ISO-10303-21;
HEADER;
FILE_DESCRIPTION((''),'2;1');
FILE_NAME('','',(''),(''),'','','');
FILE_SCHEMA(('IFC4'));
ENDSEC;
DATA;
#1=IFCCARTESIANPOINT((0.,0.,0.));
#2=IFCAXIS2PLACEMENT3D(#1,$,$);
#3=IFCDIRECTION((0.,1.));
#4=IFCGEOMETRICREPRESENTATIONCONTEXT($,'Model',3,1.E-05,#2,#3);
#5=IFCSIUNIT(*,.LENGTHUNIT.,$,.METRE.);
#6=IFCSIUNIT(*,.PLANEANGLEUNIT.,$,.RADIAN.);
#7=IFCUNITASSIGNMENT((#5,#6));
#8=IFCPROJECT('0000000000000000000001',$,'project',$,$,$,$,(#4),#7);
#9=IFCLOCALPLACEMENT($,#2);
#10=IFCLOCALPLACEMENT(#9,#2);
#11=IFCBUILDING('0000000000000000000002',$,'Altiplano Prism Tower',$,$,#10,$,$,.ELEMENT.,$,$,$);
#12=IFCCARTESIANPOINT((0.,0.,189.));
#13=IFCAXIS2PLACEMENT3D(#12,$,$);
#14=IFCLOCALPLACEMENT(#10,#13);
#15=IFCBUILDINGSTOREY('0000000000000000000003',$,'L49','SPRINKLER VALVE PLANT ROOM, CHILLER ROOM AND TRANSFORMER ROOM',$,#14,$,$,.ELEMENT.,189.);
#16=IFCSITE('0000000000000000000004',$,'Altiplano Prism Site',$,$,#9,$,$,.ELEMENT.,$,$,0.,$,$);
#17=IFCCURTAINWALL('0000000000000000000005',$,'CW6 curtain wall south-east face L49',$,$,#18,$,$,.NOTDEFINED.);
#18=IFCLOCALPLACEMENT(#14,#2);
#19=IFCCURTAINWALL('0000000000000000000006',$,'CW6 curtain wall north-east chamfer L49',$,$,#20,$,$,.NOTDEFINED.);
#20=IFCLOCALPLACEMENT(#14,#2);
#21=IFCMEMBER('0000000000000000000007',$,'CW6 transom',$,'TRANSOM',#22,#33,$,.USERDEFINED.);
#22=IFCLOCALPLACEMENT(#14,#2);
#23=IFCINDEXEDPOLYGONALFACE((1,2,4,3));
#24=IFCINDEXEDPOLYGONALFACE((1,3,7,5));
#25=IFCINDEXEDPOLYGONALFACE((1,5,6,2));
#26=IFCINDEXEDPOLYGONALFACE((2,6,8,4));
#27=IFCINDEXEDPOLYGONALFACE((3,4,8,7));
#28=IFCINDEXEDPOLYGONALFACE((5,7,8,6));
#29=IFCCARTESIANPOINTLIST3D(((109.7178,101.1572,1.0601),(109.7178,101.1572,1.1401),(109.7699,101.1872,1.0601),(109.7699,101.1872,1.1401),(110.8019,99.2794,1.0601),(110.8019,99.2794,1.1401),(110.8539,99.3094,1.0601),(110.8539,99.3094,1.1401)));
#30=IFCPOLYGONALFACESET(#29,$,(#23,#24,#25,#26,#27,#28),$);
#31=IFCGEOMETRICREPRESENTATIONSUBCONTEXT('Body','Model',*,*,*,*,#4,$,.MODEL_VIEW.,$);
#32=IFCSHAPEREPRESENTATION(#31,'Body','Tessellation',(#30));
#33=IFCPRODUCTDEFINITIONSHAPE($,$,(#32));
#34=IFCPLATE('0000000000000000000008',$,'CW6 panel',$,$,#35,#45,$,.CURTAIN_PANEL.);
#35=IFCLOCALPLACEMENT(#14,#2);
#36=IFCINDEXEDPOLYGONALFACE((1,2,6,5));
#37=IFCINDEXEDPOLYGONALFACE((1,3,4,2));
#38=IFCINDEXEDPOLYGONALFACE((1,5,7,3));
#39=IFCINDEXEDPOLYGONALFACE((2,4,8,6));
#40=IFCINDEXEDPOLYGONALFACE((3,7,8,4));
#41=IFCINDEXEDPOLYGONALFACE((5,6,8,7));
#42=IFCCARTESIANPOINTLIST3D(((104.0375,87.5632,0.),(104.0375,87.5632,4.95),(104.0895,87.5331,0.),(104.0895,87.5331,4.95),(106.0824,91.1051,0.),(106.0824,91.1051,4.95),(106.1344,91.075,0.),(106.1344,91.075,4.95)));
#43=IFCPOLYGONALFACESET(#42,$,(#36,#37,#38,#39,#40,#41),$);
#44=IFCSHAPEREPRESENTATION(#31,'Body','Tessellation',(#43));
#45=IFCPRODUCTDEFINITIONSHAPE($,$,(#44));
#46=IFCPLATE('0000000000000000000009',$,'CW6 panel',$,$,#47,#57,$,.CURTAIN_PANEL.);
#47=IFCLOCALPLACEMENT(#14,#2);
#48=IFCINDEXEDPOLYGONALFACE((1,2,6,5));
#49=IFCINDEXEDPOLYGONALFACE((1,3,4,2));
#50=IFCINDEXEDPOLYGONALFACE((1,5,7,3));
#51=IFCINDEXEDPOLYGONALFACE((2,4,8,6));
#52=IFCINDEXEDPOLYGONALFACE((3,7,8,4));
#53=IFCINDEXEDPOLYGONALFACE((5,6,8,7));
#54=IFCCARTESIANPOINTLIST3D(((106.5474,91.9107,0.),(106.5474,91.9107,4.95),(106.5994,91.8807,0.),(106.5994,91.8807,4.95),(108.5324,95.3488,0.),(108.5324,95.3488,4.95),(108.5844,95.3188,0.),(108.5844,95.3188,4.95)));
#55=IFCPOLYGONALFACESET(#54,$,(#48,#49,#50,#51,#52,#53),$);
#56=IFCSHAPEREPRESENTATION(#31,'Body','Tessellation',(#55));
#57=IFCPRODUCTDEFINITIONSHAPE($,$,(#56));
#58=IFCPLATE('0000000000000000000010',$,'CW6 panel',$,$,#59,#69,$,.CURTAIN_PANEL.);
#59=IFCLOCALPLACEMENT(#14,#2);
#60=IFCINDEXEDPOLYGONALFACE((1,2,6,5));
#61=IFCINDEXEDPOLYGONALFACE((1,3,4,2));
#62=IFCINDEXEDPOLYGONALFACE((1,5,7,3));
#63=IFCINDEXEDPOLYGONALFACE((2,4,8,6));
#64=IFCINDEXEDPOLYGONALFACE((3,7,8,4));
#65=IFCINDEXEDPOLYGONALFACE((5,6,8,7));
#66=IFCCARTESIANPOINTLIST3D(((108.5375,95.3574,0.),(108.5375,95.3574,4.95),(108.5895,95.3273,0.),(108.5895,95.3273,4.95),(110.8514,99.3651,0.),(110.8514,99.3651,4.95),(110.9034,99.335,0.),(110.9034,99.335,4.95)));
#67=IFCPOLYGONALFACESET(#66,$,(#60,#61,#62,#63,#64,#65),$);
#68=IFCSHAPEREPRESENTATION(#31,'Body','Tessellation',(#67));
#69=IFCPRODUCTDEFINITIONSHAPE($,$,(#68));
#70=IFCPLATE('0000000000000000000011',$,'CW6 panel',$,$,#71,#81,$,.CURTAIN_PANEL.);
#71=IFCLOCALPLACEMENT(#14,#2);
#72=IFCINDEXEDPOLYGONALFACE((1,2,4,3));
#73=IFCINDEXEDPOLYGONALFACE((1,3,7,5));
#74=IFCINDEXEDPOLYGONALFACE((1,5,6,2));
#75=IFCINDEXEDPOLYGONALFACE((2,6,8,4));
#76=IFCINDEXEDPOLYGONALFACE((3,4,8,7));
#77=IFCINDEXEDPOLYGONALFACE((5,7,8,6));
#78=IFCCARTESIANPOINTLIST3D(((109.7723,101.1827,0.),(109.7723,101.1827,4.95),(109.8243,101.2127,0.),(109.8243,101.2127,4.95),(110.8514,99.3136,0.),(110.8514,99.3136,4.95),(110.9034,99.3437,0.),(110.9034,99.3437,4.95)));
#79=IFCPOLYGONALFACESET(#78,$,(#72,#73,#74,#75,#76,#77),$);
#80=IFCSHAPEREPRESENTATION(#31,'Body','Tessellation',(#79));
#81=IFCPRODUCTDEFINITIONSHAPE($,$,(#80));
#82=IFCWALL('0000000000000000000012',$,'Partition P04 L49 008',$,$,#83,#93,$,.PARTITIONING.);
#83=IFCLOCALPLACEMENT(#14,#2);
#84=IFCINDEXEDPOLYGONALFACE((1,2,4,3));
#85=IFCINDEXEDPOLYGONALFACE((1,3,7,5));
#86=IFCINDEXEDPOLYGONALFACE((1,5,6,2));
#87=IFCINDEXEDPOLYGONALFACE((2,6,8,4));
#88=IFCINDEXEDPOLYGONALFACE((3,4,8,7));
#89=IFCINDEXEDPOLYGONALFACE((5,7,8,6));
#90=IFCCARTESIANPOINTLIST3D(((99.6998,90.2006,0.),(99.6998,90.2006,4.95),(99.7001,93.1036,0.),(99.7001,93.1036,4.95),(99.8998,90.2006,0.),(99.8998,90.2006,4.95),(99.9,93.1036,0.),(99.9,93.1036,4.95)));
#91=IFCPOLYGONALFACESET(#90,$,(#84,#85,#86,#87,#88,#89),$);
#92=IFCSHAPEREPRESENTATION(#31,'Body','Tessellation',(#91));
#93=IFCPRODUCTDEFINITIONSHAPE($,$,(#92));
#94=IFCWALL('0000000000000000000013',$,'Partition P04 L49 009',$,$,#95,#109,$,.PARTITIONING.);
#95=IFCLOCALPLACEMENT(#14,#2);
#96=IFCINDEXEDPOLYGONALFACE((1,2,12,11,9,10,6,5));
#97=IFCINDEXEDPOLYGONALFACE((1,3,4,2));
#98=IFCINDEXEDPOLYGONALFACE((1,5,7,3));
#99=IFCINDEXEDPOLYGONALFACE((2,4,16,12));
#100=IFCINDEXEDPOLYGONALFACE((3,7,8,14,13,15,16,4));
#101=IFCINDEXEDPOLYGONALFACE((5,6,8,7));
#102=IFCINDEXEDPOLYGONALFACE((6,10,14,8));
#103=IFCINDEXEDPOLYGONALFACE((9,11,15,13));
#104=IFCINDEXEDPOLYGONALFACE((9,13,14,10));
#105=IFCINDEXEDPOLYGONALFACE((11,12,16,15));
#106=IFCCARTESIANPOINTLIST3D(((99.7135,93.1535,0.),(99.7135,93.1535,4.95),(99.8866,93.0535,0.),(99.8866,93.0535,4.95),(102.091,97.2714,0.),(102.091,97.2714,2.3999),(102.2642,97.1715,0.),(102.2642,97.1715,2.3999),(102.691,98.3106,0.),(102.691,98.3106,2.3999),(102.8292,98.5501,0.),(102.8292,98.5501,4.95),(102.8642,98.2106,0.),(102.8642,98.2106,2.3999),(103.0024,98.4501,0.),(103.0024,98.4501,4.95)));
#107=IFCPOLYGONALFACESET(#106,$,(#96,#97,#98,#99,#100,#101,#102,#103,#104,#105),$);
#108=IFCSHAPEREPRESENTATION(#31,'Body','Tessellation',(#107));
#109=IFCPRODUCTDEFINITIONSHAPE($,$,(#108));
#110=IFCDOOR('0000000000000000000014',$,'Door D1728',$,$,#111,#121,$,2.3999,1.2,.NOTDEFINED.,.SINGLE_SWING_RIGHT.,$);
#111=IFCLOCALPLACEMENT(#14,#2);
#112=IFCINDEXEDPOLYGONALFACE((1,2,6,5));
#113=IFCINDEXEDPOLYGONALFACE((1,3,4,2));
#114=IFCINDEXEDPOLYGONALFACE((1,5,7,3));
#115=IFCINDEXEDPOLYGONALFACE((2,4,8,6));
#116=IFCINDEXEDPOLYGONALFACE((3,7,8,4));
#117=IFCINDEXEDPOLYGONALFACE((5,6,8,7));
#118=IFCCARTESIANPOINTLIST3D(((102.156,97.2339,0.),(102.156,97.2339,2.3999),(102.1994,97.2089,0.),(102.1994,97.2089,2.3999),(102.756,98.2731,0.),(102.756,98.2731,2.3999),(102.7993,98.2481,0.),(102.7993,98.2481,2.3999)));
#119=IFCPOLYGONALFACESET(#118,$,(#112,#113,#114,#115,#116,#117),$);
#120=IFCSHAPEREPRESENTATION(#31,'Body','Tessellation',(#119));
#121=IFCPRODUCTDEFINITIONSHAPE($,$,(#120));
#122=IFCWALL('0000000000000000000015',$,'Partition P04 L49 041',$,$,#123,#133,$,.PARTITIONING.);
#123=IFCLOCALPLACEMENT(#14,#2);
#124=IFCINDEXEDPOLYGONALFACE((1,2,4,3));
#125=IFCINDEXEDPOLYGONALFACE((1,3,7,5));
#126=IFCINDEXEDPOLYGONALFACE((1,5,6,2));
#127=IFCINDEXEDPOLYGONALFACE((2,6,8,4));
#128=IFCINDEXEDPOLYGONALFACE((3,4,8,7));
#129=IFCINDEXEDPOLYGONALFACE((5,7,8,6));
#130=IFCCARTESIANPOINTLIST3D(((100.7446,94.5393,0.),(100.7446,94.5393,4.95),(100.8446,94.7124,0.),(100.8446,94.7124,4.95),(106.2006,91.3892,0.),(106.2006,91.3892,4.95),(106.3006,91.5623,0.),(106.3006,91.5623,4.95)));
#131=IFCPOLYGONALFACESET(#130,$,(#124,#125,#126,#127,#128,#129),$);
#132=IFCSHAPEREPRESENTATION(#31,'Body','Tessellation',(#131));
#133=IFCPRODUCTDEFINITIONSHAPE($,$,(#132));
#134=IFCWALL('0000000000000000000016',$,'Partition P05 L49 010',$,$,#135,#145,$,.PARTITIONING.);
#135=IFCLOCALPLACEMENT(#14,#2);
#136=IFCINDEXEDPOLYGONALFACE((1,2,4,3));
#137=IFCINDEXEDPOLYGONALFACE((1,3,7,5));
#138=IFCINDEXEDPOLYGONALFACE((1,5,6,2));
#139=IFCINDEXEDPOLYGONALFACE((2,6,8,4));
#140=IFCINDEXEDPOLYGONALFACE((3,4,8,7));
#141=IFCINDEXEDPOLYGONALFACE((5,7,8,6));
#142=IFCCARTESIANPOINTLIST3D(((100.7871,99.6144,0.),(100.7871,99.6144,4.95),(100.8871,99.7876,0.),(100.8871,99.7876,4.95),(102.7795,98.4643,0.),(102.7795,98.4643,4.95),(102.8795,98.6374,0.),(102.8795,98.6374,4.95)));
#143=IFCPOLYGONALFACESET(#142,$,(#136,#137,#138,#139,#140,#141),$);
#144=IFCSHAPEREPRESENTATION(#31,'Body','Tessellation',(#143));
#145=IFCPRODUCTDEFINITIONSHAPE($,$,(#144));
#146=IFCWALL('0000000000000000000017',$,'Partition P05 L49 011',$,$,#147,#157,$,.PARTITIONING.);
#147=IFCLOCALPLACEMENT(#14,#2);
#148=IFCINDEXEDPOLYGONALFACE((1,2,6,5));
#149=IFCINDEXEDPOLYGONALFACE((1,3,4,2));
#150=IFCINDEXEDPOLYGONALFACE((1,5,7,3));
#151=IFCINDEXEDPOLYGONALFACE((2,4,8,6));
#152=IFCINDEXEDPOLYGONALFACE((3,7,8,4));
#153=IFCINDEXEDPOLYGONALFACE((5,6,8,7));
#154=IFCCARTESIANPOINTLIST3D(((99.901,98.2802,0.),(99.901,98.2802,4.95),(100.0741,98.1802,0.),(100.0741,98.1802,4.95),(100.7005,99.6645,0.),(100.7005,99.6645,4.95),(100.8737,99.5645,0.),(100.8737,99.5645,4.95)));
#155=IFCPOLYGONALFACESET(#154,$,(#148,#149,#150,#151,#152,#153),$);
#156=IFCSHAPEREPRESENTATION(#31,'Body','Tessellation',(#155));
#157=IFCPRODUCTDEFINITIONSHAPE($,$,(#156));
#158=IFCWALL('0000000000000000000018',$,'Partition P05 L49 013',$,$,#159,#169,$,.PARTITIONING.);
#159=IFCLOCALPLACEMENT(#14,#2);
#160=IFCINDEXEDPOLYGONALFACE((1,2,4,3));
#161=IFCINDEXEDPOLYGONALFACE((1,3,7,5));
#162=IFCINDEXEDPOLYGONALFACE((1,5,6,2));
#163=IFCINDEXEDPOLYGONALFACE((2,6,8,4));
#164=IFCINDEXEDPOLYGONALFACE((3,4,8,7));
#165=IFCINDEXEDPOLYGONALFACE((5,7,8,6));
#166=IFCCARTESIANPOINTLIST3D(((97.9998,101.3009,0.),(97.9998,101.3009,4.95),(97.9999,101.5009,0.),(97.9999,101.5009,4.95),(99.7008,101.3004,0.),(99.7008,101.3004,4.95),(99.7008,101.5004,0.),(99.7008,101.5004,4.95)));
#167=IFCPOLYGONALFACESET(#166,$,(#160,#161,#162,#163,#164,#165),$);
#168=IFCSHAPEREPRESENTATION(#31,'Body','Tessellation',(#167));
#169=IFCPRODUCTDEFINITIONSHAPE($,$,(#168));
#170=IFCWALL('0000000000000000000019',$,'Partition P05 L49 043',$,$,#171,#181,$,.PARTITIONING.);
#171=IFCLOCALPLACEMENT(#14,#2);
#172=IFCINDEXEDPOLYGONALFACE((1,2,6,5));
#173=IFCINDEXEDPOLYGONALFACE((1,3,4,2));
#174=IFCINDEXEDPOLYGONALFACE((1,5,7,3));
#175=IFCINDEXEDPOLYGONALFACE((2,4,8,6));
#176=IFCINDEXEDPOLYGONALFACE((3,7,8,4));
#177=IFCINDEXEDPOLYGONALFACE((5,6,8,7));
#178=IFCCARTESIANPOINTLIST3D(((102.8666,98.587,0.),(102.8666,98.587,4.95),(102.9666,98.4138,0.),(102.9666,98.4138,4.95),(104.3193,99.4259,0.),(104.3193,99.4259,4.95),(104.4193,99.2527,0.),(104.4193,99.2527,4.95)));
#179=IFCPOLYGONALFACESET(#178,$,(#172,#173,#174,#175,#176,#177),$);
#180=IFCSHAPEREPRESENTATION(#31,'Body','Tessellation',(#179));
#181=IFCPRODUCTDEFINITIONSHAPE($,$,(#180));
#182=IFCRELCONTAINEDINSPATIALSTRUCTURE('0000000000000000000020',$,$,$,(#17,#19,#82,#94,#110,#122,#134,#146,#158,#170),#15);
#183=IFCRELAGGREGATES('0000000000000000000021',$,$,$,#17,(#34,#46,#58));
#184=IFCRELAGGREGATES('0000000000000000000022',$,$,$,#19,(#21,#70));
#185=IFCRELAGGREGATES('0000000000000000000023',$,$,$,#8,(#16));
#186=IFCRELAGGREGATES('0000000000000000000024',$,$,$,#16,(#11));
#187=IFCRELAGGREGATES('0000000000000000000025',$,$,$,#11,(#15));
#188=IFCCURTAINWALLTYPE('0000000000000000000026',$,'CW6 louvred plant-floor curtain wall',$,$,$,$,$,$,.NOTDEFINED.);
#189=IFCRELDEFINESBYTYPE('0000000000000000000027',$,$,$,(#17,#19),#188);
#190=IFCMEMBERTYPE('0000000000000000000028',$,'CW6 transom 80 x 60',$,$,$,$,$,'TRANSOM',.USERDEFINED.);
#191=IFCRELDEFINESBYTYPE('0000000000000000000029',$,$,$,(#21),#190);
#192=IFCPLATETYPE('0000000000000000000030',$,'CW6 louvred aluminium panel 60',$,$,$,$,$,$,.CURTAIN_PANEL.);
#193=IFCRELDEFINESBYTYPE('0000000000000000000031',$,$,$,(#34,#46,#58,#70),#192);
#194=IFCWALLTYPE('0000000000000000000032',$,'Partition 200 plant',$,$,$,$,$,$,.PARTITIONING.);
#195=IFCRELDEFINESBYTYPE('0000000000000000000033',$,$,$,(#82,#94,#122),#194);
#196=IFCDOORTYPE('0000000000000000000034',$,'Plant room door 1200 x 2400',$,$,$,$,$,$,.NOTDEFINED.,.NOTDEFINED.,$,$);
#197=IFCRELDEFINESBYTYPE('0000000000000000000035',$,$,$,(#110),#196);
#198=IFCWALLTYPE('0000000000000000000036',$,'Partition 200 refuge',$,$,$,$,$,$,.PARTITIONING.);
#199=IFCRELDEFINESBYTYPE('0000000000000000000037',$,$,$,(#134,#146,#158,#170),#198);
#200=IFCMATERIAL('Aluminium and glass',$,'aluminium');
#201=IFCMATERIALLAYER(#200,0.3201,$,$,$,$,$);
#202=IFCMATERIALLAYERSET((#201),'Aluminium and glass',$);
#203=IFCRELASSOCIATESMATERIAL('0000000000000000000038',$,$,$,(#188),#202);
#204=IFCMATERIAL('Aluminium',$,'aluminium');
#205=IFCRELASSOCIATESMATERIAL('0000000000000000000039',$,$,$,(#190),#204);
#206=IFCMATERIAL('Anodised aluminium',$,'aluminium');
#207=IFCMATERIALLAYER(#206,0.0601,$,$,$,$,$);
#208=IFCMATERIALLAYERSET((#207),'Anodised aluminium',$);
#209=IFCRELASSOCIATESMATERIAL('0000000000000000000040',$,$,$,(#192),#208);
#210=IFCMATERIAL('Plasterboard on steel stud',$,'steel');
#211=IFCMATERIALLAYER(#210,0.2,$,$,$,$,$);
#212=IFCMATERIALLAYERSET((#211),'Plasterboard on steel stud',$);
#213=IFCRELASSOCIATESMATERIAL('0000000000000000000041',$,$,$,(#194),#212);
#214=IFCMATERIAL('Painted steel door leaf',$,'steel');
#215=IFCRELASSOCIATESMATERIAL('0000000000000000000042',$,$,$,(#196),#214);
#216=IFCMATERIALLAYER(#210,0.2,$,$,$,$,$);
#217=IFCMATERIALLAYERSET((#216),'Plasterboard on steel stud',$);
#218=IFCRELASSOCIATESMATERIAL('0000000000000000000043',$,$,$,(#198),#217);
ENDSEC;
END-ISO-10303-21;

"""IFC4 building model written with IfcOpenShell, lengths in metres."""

from ifc_helpers import new_model, si_unit, direction, frame, frame_2d, origin, origin_2d, place, context, subcontext, project, spatial, rectangle, extrude, material, layer, layer_set, material_profile, profile_set, type_object, element, fill, aggregate, save


model = new_model("IFC4")

# Units and contexts
model_context = context("Model", 3, precision=1e-05, world=origin(), true_north=direction((0.0, 1.0)))
body_context = subcontext(model_context, "Body", "Model", "MODEL_VIEW")
ifc_project = project(units=[si_unit("LENGTHUNIT", "METRE"), si_unit("PLANEANGLEUNIT", "RADIAN")], contexts=[model_context])

# Site, building, storey
site_placement = place(None, origin())
site = spatial("IfcSite", under=ifc_project, at=site_placement, Name="Altiplano Prism Site", CompositionType="ELEMENT", RefElevation=0.0)
building_placement = place(site_placement, origin())
building = spatial("IfcBuilding", under=site, at=building_placement, Name="Altiplano Prism Tower", CompositionType="ELEMENT")
storey_placement = place(building_placement, frame((0.0, 0.0, 189.0)))
storey = spatial("IfcBuildingStorey", under=building, at=storey_placement, Name="L49", Description="SPRINKLER VALVE PLANT ROOM, CHILLER ROOM AND TRANSFORMER ROOM", CompositionType="ELEMENT", Elevation=189.0)

# Curtain wall
ifc_material_1 = material(Name="Aluminium and glass", Category="aluminium")
ifc_layer_1 = layer(ifc_material_1, 0.3201)
ifc_layer_set_1 = layer_set([ifc_layer_1], Name="Aluminium and glass")
curtain_wall_type = type_object("IfcCurtainWallType", Name="CW6 louvred plant-floor curtain wall", PredefinedType="NOTDEFINED", material=ifc_layer_set_1)
curtain_wall_1_placement = place(storey_placement, origin())
curtain_wall_1 = element("IfcCurtainWall", 1, at=curtain_wall_1_placement, inside=storey, type_object=curtain_wall_type, Name="CW6 curtain wall south-east face L49", PredefinedType="NOTDEFINED")
ifc_material_2 = material(Name="Aluminium", Category="aluminium")
ifc_material_profile_1 = material_profile(ifc_material_2, rectangle(XDim=0.0601, YDim=0.0801, at=origin_2d()), Name="CW6 transom 80 x 60")
ifc_profile_set_1 = profile_set([ifc_material_profile_1], Name="Aluminium")
member_type_1 = type_object("IfcMemberType", Name="CW6 transom 80 x 60", ElementType="TRANSOM", PredefinedType="USERDEFINED", material=ifc_profile_set_1)

# Curtain wall, member
curtain_wall_2_placement = place(storey_placement, origin())
curtain_wall_2 = element("IfcCurtainWall", 2, at=curtain_wall_2_placement, inside=storey, type_object=curtain_wall_type, Name="CW6 curtain wall north-east chamfer L49", PredefinedType="NOTDEFINED")
member_1_placement = place(storey_placement, frame((110.8279, 99.2944, 1.1001), z_axis=(-0.499966, 0.866045, 0.0), x_axis=(-0.866045, -0.499966, 0.0)))
member_1 = element("IfcMember", 3, at=member_1_placement, type_object=member_type_1, Name="CW6 transom", ObjectType="TRANSOM", PredefinedType="USERDEFINED", context=body_context, shape_type="SweptSolid", body=[
    extrude(rectangle(XDim=0.0601, YDim=0.0801, at=origin_2d()), origin(), (0.0, 0.0, 1.0), 2.1682),
])

# Plates
ifc_material_3 = material(Name="Anodised aluminium", Category="aluminium")
ifc_layer_2 = layer(ifc_material_3, 0.0601)
ifc_layer_set_2 = layer_set([ifc_layer_2], Name="Anodised aluminium")
plate_type = type_object("IfcPlateType", Name="CW6 louvred aluminium panel 60", PredefinedType="CURTAIN_PANEL", material=ifc_layer_set_2)
plate_1_placement = place(storey_placement, frame((105.0859, 89.3191, 0.0), z_axis=(0.0, 0.0, 1.0), x_axis=(0.5, 0.866025, 0.0)))
plate_1 = element("IfcPlate", 4, at=plate_1_placement, type_object=plate_type, Name="CW6 panel", PredefinedType="CURTAIN_PANEL", context=body_context, shape_type="SweptSolid", body=[
    extrude(rectangle(XDim=4.0898, YDim=0.0601, at=origin_2d()), origin(), (0.0, 0.0, 1.0), 4.95),
])
plate_2_placement = place(storey_placement, frame((107.5659, 93.6147, 0.0), z_axis=(0.0, 0.0, 1.0), x_axis=(0.5, 0.866025, 0.0)))
plate_2 = element("IfcPlate", 5, at=plate_2_placement, type_object=plate_type, Name="CW6 panel", PredefinedType="CURTAIN_PANEL", context=body_context, shape_type="SweptSolid", body=[
    extrude(rectangle(XDim=3.97, YDim=0.0601, at=origin_2d()), origin(), (0.0, 0.0, 1.0), 4.95),
])
plate_3_placement = place(storey_placement, frame((109.7205, 97.3462, 0.0), z_axis=(0.0, 0.0, 1.0), x_axis=(0.5, 0.866025, 0.0)))
plate_3 = element("IfcPlate", 6, at=plate_3_placement, type_object=plate_type, Name="CW6 panel", PredefinedType="CURTAIN_PANEL", context=body_context, shape_type="SweptSolid", body=[
    extrude(rectangle(XDim=4.6277, YDim=0.0601, at=origin_2d()), origin(), (0.0, 0.0, 1.0), 4.95),
])
aggregate(curtain_wall_1, [plate_1, plate_2, plate_3])
plate_4_placement = place(storey_placement, frame((110.3379, 100.2632, 0.0), z_axis=(0.0, 0.0, 1.0), x_axis=(-0.5, 0.866025, 0.0)))
plate_4 = element("IfcPlate", 7, at=plate_4_placement, type_object=plate_type, Name="CW6 panel", PredefinedType="CURTAIN_PANEL", context=body_context, shape_type="SweptSolid", body=[
    extrude(rectangle(XDim=2.1582, YDim=0.0601, at=origin_2d()), origin(), (0.0, 0.0, 1.0), 4.95),
])
aggregate(curtain_wall_2, [member_1, plate_4])

# Wall
ifc_material_4 = material(Name="Plasterboard on steel stud", Category="steel")
ifc_layer_3 = layer(ifc_material_4, 0.2)
ifc_layer_set_3 = layer_set([ifc_layer_3], Name="Plasterboard on steel stud")
wall_type_1 = type_object("IfcWallType", Name="Partition 200 plant", PredefinedType="PARTITIONING", material=ifc_layer_set_3)
wall_1_placement = place(storey_placement, frame((99.7998, 90.2004, 0.0), z_axis=(0.0, 0.0, 1.0), x_axis=(0.000084, 1.0, 0.0)))
element("IfcWall", 8, at=wall_1_placement, inside=storey, type_object=wall_type_1, Name="Partition P04 L49 008", PredefinedType="PARTITIONING", context=body_context, shape_type="SweptSolid", body=[
    extrude(rectangle(XDim=2.9031, YDim=0.2, at=frame_2d((1.4517, 0.0))), origin(), (0.0, 0.0, 1.0), 4.95),
])

# Wall, opening, door
wall_2_placement = place(storey_placement, frame((99.8, 93.1035, 0.0), z_axis=(0.0, 0.0, 1.0), x_axis=(0.500007, 0.866021, 0.0)))
wall_2 = element("IfcWall", 9, at=wall_2_placement, inside=storey, type_object=wall_type_1, Name="Partition P04 L49 009", PredefinedType="PARTITIONING", context=body_context, shape_type="SweptSolid", body=[
    extrude(rectangle(XDim=6.2314, YDim=0.2, at=frame_2d((3.1157, 0.0))), origin(), (0.0, 0.0, 1.0), 4.95),
])
opening_1_placement = place(wall_2_placement, frame((4.7549, 0.0, 0.0)))
opening_1 = element("IfcOpeningElement", 10, at=opening_1_placement, cuts=wall_2, PredefinedType="OPENING", context=body_context, shape_type="SweptSolid", body=[
    extrude(rectangle(XDim=1.2, YDim=2.3999, at=frame_2d((0.6001, 1.2))), frame((0.0, 0.1104, 0.0), z_axis=(0.0, -1.0, 0.0), x_axis=(1.0, 0.0, 0.0)), (0.0, 0.0, 1.0), 0.2209),
])
ifc_material_5 = material(Name="Painted steel door leaf", Category="steel")
door_type_1 = type_object("IfcDoorType", Name="Plant room door 1200 x 2400", OperationType="NOTDEFINED", PredefinedType="NOTDEFINED", material=ifc_material_5)
door_1_placement = place(opening_1_placement, origin())
door_1 = element("IfcDoor", 11, at=door_1_placement, inside=storey, type_object=door_type_1, Name="Door D1728", OperationType="SINGLE_SWING_RIGHT", OverallHeight=2.3999, OverallWidth=1.2, PredefinedType="NOTDEFINED", context=body_context, shape_type="SweptSolid", body=[
    extrude(rectangle(XDim=1.2, YDim=2.3999, at=frame_2d((0.6001, 1.2))), frame((0.0, 0.0249, 0.0), z_axis=(0.0, -1.0, 0.0), x_axis=(1.0, 0.0, 0.0)), (0.0, 0.0, 1.0), 0.05),
])
fill(opening_1, door_1)

# Walls
wall_3_placement = place(storey_placement, frame((106.2505, 91.4758, 0.0), z_axis=(0.0, 0.0, 1.0), x_axis=(-0.866019, 0.500011, 0.0)))
element("IfcWall", 12, at=wall_3_placement, inside=storey, type_object=wall_type_1, Name="Partition P04 L49 041", PredefinedType="PARTITIONING", context=body_context, shape_type="SweptSolid", body=[
    extrude(rectangle(XDim=6.3, YDim=0.2, at=frame_2d((3.1499, 0.0))), origin(), (0.0, 0.0, 1.0), 4.95),
])
ifc_layer_4 = layer(ifc_material_4, 0.2)
ifc_layer_set_4 = layer_set([ifc_layer_4], Name="Plasterboard on steel stud")
wall_type_2 = type_object("IfcWallType", Name="Partition 200 refuge", PredefinedType="PARTITIONING", material=ifc_layer_set_4)
wall_4_placement = place(storey_placement, frame((102.8296, 98.5508, 0.0), z_axis=(0.0, 0.0, 1.0), x_axis=(-0.86606, 0.49994, 0.0)))
element("IfcWall", 13, at=wall_4_placement, inside=storey, type_object=wall_type_2, Name="Partition P05 L49 010", PredefinedType="PARTITIONING", context=body_context, shape_type="SweptSolid", body=[
    extrude(rectangle(XDim=2.3005, YDim=0.2, at=frame_2d((1.1504, 0.0))), origin(), (0.0, 0.0, 1.0), 4.95),
])
wall_5_placement = place(storey_placement, frame((100.7871, 99.6145, 0.0), z_axis=(0.0, 0.0, 1.0), x_axis=(-0.500163, -0.865931, 0.0)))
element("IfcWall", 14, at=wall_5_placement, inside=storey, type_object=wall_type_2, Name="Partition P05 L49 011", PredefinedType="PARTITIONING", context=body_context, shape_type="SweptSolid", body=[
    extrude(rectangle(XDim=1.5986, YDim=0.2, at=frame_2d((0.7993, 0.0))), origin(), (0.0, 0.0, 1.0), 4.95),
])

# Walls
wall_6_placement = place(storey_placement, frame((99.7009, 101.4004, 0.0), z_axis=(0.0, 0.0, 1.0), x_axis=(-1.0, 0.000287, 0.0)))
element("IfcWall", 15, at=wall_6_placement, inside=storey, type_object=wall_type_2, Name="Partition P05 L49 013", PredefinedType="PARTITIONING", context=body_context, shape_type="SweptSolid", body=[
    extrude(rectangle(XDim=1.7009, YDim=0.2, at=frame_2d((0.8506, 0.0))), origin(), (0.0, 0.0, 1.0), 4.95),
])
wall_7_placement = place(storey_placement, frame((104.3694, 99.3394, 0.0), z_axis=(0.0, 0.0, 1.0), x_axis=(-0.865977, -0.500084, 0.0)))
element("IfcWall", 16, at=wall_7_placement, inside=storey, type_object=wall_type_2, Name="Partition P05 L49 043", PredefinedType="PARTITIONING", context=body_context, shape_type="SweptSolid", body=[
    extrude(rectangle(XDim=1.6775, YDim=0.2, at=frame_2d((0.8389, 0.0))), origin(), (0.0, 0.0, 1.0), 4.95),
])

save(model, "model.ifc")
